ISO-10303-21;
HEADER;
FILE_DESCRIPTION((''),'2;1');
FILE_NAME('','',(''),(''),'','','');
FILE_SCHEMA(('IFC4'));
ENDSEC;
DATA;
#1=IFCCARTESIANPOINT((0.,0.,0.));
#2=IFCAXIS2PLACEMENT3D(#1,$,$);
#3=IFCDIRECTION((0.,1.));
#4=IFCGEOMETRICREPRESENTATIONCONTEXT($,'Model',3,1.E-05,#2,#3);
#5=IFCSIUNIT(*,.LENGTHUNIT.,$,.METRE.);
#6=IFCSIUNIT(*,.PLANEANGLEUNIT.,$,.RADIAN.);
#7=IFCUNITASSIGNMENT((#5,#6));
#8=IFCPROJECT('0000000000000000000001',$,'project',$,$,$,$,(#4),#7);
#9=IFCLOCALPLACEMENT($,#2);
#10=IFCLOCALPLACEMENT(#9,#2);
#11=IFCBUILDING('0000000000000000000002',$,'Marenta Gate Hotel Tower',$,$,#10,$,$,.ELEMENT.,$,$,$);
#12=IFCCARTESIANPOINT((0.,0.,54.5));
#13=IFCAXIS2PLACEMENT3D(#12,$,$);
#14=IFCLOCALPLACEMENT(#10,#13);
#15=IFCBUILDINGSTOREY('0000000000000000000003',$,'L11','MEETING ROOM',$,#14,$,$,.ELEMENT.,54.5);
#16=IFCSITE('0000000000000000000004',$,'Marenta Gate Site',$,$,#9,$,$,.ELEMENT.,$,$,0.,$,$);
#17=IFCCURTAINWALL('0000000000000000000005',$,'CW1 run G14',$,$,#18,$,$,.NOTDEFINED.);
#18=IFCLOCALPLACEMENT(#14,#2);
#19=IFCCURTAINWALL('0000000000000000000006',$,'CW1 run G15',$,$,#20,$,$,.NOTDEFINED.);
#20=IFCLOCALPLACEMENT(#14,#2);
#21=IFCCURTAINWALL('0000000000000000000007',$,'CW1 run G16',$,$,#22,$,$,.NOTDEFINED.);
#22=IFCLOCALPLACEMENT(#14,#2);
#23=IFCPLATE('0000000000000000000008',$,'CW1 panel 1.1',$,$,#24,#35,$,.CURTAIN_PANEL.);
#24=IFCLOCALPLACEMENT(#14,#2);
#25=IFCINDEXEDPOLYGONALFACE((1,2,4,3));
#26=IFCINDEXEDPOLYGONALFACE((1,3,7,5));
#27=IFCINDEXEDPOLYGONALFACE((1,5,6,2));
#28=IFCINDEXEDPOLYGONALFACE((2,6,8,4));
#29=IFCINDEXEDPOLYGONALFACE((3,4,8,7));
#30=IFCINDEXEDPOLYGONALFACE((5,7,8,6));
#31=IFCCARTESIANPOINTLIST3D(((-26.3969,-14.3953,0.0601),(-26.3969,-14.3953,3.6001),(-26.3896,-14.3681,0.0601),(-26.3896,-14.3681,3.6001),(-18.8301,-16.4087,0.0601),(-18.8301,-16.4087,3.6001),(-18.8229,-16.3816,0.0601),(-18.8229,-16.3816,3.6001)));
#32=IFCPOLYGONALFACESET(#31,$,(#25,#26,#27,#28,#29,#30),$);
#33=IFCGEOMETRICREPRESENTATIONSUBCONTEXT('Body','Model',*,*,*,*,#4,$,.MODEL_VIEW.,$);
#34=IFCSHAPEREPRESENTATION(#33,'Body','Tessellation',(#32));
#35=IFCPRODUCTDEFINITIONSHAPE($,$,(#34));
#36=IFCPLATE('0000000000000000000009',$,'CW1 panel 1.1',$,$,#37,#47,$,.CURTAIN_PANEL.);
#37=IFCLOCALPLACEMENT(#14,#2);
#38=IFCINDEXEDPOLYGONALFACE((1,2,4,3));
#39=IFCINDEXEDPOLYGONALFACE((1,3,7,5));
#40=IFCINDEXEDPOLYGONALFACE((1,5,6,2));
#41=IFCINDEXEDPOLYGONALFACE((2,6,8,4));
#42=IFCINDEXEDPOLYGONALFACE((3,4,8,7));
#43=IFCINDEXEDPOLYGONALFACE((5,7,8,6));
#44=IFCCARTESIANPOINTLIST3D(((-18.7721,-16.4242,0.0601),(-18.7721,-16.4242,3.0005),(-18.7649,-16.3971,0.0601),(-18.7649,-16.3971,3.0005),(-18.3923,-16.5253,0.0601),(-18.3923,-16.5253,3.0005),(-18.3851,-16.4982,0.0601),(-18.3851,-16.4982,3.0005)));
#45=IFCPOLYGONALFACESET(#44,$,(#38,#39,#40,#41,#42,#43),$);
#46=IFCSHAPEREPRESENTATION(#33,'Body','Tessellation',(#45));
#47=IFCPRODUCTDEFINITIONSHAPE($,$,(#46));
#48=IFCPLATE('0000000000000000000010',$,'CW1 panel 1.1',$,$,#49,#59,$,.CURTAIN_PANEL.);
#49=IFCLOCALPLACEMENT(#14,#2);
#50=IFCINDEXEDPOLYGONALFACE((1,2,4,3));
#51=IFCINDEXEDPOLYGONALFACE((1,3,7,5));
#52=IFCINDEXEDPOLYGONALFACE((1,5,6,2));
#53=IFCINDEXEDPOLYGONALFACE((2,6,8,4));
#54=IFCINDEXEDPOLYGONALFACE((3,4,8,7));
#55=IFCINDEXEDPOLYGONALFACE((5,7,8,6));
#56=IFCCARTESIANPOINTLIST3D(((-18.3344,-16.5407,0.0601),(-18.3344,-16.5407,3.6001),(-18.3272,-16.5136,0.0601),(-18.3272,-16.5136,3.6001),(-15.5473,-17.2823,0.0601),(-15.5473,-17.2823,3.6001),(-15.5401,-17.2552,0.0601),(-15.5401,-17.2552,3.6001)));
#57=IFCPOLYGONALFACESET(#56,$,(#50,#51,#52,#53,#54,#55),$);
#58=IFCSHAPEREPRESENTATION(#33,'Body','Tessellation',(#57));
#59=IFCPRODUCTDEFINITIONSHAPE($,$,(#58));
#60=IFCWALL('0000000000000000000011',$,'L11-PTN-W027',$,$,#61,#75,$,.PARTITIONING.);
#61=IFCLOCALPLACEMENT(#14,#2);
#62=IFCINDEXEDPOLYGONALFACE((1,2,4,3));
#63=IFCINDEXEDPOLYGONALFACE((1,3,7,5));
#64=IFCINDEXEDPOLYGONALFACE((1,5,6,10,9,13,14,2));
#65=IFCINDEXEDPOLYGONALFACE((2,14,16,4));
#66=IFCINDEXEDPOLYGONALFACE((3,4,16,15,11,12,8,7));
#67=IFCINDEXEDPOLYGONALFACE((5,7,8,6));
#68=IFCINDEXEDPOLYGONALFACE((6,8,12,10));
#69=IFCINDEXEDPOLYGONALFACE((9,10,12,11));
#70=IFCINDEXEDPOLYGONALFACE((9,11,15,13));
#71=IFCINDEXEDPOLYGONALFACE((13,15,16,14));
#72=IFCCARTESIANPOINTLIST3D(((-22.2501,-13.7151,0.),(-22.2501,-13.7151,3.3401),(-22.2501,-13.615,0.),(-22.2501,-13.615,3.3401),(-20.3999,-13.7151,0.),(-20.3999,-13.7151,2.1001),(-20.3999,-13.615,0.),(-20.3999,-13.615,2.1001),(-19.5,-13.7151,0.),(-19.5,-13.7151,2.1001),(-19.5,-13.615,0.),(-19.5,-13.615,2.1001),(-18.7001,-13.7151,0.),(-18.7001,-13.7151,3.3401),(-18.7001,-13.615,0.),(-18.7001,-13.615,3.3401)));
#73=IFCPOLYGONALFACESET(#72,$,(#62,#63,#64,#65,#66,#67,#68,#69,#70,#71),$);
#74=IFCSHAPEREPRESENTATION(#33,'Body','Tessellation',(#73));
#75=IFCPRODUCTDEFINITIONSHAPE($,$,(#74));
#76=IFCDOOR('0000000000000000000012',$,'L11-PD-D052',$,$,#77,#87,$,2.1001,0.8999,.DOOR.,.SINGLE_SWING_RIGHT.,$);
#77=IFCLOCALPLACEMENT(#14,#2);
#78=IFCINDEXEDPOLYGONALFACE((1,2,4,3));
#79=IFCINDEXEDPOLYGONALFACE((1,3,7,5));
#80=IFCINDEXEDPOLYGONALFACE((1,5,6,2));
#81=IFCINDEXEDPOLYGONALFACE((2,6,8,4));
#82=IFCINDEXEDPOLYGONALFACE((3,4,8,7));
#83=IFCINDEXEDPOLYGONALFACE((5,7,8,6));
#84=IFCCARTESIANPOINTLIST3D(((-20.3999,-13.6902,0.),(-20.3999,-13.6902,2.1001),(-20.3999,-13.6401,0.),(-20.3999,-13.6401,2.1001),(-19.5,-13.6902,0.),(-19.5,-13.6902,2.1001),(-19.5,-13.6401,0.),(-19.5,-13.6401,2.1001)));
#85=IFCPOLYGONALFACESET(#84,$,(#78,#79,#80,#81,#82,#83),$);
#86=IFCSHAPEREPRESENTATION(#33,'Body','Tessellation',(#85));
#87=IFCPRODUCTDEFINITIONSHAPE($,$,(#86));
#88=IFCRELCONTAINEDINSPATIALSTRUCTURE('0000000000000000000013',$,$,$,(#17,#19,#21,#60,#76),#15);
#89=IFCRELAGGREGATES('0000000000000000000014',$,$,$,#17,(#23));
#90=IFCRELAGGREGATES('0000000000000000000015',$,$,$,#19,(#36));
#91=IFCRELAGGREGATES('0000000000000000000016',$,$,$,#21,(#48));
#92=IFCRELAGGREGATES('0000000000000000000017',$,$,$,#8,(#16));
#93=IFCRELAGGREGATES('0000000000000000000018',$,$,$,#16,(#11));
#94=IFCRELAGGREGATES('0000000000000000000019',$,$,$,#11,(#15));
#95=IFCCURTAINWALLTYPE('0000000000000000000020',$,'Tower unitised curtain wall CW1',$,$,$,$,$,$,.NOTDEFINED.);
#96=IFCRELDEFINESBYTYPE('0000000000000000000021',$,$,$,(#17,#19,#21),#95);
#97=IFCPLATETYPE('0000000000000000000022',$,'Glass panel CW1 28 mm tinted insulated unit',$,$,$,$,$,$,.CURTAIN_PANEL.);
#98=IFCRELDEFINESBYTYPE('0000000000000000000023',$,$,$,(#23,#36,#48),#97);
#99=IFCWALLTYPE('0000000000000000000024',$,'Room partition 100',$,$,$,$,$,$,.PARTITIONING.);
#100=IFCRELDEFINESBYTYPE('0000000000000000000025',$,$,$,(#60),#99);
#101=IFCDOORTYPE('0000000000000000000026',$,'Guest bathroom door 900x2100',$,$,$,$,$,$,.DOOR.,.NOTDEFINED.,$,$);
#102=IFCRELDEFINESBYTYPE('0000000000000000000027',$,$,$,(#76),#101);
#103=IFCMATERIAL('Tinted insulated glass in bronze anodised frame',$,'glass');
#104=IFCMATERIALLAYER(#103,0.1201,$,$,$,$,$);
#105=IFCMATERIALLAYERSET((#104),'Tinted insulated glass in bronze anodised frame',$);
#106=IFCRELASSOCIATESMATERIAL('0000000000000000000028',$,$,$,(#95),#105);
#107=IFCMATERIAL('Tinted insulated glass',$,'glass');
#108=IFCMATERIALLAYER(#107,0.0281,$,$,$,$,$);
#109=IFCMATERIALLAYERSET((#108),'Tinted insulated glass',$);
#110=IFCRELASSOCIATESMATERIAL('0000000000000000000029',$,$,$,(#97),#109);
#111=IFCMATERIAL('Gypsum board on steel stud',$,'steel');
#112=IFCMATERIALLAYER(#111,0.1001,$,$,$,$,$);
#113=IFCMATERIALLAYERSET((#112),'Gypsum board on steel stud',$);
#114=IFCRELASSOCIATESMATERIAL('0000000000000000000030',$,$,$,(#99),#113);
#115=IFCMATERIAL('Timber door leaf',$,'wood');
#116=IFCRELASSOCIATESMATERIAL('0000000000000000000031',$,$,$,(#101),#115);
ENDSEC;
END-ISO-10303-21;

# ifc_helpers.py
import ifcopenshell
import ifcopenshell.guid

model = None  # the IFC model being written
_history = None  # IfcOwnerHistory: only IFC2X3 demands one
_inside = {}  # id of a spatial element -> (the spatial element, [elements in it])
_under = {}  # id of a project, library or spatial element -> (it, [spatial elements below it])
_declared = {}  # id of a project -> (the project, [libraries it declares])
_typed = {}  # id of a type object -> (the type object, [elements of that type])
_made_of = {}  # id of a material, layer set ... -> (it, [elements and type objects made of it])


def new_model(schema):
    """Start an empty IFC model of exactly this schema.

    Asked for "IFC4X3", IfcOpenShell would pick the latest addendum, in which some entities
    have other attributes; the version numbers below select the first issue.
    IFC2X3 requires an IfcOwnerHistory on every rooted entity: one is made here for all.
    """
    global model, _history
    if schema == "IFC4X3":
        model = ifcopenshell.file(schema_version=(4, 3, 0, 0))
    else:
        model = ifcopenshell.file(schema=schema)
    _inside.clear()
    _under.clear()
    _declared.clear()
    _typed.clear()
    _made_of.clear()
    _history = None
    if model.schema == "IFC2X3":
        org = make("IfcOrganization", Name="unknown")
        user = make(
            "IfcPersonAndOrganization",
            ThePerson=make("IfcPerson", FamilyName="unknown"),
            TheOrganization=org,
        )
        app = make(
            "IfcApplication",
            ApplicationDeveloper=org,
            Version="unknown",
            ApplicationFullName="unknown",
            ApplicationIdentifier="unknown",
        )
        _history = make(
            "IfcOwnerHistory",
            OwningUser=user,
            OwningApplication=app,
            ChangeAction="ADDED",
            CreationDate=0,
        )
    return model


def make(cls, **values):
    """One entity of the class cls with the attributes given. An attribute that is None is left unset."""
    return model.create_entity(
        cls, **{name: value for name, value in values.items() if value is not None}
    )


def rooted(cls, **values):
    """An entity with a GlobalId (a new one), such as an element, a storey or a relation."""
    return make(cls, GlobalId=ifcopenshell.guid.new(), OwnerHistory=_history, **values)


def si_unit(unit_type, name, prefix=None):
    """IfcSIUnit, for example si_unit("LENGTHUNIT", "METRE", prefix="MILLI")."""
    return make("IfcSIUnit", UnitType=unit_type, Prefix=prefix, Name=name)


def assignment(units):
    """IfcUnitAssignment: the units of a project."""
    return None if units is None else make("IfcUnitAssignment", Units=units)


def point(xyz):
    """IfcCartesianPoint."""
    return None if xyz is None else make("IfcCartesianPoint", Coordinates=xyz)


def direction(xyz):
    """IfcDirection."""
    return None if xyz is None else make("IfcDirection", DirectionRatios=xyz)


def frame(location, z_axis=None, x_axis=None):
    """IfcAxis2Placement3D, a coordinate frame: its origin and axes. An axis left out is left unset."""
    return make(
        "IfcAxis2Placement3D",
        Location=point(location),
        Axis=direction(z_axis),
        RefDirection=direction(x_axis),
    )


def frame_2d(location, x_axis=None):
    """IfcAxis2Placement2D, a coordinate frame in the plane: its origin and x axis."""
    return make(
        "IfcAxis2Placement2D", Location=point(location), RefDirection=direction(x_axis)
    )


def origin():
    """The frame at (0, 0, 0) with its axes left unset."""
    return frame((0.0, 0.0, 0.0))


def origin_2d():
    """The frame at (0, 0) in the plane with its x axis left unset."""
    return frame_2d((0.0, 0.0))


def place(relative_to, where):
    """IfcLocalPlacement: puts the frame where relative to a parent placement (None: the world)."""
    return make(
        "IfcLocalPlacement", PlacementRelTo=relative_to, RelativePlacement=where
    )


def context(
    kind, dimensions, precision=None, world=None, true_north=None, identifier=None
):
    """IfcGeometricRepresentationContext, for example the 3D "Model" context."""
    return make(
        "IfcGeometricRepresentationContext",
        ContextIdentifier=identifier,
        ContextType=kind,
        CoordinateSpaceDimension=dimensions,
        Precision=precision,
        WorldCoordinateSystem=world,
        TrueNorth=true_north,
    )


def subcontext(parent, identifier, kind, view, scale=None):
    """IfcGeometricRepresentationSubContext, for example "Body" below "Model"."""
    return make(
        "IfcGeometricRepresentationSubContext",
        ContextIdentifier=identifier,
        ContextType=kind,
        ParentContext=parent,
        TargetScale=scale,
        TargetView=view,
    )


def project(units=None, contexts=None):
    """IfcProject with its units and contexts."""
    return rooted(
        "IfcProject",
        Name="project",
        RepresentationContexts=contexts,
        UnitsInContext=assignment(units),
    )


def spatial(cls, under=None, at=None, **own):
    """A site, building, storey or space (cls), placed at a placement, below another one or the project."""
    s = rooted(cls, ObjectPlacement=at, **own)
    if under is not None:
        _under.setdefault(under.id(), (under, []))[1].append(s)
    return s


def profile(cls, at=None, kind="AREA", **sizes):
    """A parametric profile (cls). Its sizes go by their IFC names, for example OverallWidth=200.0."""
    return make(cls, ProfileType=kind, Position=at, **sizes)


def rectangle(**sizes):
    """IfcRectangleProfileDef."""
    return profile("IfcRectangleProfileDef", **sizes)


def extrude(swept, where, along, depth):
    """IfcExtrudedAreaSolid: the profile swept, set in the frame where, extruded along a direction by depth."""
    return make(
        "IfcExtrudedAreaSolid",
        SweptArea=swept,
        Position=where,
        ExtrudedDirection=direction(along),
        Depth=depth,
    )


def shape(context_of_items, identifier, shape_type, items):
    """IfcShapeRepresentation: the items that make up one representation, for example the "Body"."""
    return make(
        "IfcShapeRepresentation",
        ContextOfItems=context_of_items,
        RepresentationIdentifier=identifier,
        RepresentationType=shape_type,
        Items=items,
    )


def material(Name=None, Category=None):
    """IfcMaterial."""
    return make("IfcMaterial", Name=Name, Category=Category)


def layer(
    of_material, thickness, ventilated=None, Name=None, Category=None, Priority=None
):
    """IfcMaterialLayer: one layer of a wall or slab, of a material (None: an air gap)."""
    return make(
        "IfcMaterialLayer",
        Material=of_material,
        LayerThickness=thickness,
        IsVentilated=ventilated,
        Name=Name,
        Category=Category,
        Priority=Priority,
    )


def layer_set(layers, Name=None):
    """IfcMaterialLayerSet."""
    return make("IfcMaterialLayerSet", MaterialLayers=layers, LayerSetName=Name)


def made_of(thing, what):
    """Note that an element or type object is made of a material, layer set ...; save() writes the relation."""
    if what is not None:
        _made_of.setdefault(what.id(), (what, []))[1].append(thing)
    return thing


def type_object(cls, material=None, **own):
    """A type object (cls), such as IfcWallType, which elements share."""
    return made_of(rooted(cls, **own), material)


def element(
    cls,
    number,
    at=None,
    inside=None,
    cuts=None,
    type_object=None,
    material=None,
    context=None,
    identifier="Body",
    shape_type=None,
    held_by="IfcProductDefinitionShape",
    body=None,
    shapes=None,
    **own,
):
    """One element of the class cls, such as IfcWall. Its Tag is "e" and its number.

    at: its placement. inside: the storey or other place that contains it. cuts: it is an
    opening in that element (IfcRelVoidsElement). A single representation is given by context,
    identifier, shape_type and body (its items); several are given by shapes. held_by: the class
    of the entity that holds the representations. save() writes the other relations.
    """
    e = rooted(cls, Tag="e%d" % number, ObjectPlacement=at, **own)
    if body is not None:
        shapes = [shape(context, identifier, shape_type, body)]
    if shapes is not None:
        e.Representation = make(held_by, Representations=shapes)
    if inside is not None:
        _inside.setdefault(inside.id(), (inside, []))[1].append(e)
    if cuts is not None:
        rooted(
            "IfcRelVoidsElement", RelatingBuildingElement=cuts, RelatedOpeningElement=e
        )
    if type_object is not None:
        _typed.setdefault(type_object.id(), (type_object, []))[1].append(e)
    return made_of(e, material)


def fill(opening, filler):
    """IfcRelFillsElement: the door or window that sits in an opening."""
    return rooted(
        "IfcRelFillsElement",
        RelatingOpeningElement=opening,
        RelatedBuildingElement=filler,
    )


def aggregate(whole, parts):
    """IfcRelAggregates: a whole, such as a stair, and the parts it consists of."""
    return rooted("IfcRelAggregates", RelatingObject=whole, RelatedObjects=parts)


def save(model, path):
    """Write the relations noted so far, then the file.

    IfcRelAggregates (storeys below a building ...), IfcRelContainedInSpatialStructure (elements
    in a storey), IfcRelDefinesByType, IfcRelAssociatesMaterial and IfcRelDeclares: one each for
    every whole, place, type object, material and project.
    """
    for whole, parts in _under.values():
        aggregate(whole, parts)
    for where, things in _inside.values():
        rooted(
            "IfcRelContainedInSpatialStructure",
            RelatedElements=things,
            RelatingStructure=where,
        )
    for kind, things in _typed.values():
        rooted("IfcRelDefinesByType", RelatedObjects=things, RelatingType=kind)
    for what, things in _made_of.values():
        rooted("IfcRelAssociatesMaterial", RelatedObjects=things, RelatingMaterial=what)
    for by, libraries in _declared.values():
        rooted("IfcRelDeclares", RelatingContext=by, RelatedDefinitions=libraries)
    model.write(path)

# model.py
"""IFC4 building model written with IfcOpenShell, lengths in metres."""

from ifc_helpers import new_model, si_unit, direction, frame, frame_2d, origin, origin_2d, place, context, subcontext, project, spatial, rectangle, extrude, material, layer, layer_set, type_object, element, fill, aggregate, save


model = new_model("IFC4")

# Units and contexts
model_context = context("Model", 3, precision=1e-05, world=origin(), true_north=direction((0.0, 1.0)))
body_context = subcontext(model_context, "Body", "Model", "MODEL_VIEW")
ifc_project = project(units=[si_unit("LENGTHUNIT", "METRE"), si_unit("PLANEANGLEUNIT", "RADIAN")], contexts=[model_context])

# Site, building, storey
site_placement = place(None, origin())
site = spatial("IfcSite", under=ifc_project, at=site_placement, Name="Marenta Gate Site", CompositionType="ELEMENT", RefElevation=0.0)
building_placement = place(site_placement, origin())
building = spatial("IfcBuilding", under=site, at=building_placement, Name="Marenta Gate Hotel Tower", CompositionType="ELEMENT")
storey_placement = place(building_placement, frame((0.0, 0.0, 54.5)))
storey = spatial("IfcBuildingStorey", under=building, at=storey_placement, Name="L11", Description="MEETING ROOM", CompositionType="ELEMENT", Elevation=54.5)

# Curtain walls
ifc_material_1 = material(Name="Tinted insulated glass in bronze anodised frame", Category="glass")
ifc_layer_1 = layer(ifc_material_1, 0.1201)
ifc_layer_set_1 = layer_set([ifc_layer_1], Name="Tinted insulated glass in bronze anodised frame")
curtain_wall_type = type_object("IfcCurtainWallType", Name="Tower unitised curtain wall CW1", PredefinedType="NOTDEFINED", material=ifc_layer_set_1)
curtain_wall_1_placement = place(storey_placement, origin())
curtain_wall_1 = element("IfcCurtainWall", 1, at=curtain_wall_1_placement, inside=storey, type_object=curtain_wall_type, Name="CW1 run G14", PredefinedType="NOTDEFINED")
curtain_wall_2_placement = place(storey_placement, origin())
curtain_wall_2 = element("IfcCurtainWall", 2, at=curtain_wall_2_placement, inside=storey, type_object=curtain_wall_type, Name="CW1 run G15", PredefinedType="NOTDEFINED")
curtain_wall_3_placement = place(storey_placement, origin())
curtain_wall_3 = element("IfcCurtainWall", 3, at=curtain_wall_3_placement, inside=storey, type_object=curtain_wall_type, Name="CW1 run G16", PredefinedType="NOTDEFINED")

# Plates
ifc_material_2 = material(Name="Tinted insulated glass", Category="glass")
ifc_layer_2 = layer(ifc_material_2, 0.0281)
ifc_layer_set_2 = layer_set([ifc_layer_2], Name="Tinted insulated glass")
plate_type = type_object("IfcPlateType", Name="Glass panel CW1 28 mm tinted insulated unit", PredefinedType="CURTAIN_PANEL", material=ifc_layer_set_2)
plate_1_placement = place(storey_placement, frame((-22.6099, -15.3884, 0.0601), z_axis=(0.0, 0.0, 1.0), x_axis=(0.966373, -0.257144, 0.0)))
plate_1 = element("IfcPlate", 4, at=plate_1_placement, type_object=plate_type, Name="CW1 panel 1.1", PredefinedType="CURTAIN_PANEL", context=body_context, shape_type="SweptSolid", body=[
    extrude(rectangle(XDim=7.8301, YDim=0.0281, at=origin_2d()), origin(), (0.0, 0.0, 1.0), 3.54),
])
aggregate(curtain_wall_1, [plate_1])
plate_2_placement = place(storey_placement, frame((-18.5786, -16.4612, 0.0601), z_axis=(0.0, 0.0, 1.0), x_axis=(0.96637, -0.257154, 0.0)))
plate_2 = element("IfcPlate", 5, at=plate_2_placement, type_object=plate_type, Name="CW1 panel 1.1", PredefinedType="CURTAIN_PANEL", context=body_context, shape_type="SweptSolid", body=[
    extrude(rectangle(XDim=0.3931, YDim=0.0281, at=origin_2d()), origin(), (0.0, 0.0, 1.0), 2.9404),
])
aggregate(curtain_wall_2, [plate_2])
plate_3_placement = place(storey_placement, frame((-16.9373, -16.8979, 0.0601), z_axis=(0.0, 0.0, 1.0), x_axis=(0.966376, -0.257134, 0.0)))
plate_3 = element("IfcPlate", 6, at=plate_3_placement, type_object=plate_type, Name="CW1 panel 1.1", PredefinedType="CURTAIN_PANEL", context=body_context, shape_type="SweptSolid", body=[
    extrude(rectangle(XDim=2.884, YDim=0.0281, at=origin_2d()), origin(), (0.0, 0.0, 1.0), 3.54),
])
aggregate(curtain_wall_3, [plate_3])

# Wall, opening, door
ifc_material_3 = material(Name="Gypsum board on steel stud", Category="steel")
ifc_layer_3 = layer(ifc_material_3, 0.1001)
ifc_layer_set_3 = layer_set([ifc_layer_3], Name="Gypsum board on steel stud")
wall_type_1 = type_object("IfcWallType", Name="Room partition 100", PredefinedType="PARTITIONING", material=ifc_layer_set_3)
wall_1_placement = place(storey_placement, frame((-22.25, -13.665, 0.0), z_axis=(0.0, 0.0, 1.0), x_axis=(1.0, 0.0, 0.0)))
wall_1 = element("IfcWall", 7, at=wall_1_placement, inside=storey, type_object=wall_type_1, Name="L11-PTN-W027", PredefinedType="PARTITIONING", context=body_context, shape_type="SweptSolid", body=[
    extrude(rectangle(XDim=3.55, YDim=0.1001, at=frame_2d((1.7749, 0.0))), origin(), (0.0, 0.0, 1.0), 3.3401),
])
opening_1_placement = place(wall_1_placement, frame((1.8501, 0.0, 0.0)))
opening_1 = element("IfcOpeningElement", 8, at=opening_1_placement, cuts=wall_1, PredefinedType="OPENING", context=body_context, shape_type="SweptSolid", body=[
    extrude(rectangle(XDim=0.8999, YDim=2.1001, at=frame_2d((0.45, 1.05))), frame((0.0, 0.05, 0.0), z_axis=(0.0, -1.0, 0.0), x_axis=(1.0, 0.0, 0.0)), (0.0, 0.0, 1.0), 0.1001),
])
ifc_material_4 = material(Name="Timber door leaf", Category="wood")
door_type_1 = type_object("IfcDoorType", Name="Guest bathroom door 900x2100", OperationType="NOTDEFINED", PredefinedType="DOOR", material=ifc_material_4)
door_1_placement = place(opening_1_placement, origin())
door_1 = element("IfcDoor", 9, at=door_1_placement, inside=storey, type_object=door_type_1, Name="L11-PD-D052", OperationType="SINGLE_SWING_RIGHT", OverallHeight=2.1001, OverallWidth=0.8999, PredefinedType="DOOR", context=body_context, shape_type="SweptSolid", body=[
    extrude(rectangle(XDim=0.8999, YDim=2.1001, at=frame_2d((0.45, 1.05))), frame((0.0, 0.0249, 0.0), z_axis=(0.0, -1.0, 0.0), x_axis=(1.0, 0.0, 0.0)), (0.0, 0.0, 1.0), 0.05),
])
fill(opening_1, door_1)

save(model, "model.ifc")
